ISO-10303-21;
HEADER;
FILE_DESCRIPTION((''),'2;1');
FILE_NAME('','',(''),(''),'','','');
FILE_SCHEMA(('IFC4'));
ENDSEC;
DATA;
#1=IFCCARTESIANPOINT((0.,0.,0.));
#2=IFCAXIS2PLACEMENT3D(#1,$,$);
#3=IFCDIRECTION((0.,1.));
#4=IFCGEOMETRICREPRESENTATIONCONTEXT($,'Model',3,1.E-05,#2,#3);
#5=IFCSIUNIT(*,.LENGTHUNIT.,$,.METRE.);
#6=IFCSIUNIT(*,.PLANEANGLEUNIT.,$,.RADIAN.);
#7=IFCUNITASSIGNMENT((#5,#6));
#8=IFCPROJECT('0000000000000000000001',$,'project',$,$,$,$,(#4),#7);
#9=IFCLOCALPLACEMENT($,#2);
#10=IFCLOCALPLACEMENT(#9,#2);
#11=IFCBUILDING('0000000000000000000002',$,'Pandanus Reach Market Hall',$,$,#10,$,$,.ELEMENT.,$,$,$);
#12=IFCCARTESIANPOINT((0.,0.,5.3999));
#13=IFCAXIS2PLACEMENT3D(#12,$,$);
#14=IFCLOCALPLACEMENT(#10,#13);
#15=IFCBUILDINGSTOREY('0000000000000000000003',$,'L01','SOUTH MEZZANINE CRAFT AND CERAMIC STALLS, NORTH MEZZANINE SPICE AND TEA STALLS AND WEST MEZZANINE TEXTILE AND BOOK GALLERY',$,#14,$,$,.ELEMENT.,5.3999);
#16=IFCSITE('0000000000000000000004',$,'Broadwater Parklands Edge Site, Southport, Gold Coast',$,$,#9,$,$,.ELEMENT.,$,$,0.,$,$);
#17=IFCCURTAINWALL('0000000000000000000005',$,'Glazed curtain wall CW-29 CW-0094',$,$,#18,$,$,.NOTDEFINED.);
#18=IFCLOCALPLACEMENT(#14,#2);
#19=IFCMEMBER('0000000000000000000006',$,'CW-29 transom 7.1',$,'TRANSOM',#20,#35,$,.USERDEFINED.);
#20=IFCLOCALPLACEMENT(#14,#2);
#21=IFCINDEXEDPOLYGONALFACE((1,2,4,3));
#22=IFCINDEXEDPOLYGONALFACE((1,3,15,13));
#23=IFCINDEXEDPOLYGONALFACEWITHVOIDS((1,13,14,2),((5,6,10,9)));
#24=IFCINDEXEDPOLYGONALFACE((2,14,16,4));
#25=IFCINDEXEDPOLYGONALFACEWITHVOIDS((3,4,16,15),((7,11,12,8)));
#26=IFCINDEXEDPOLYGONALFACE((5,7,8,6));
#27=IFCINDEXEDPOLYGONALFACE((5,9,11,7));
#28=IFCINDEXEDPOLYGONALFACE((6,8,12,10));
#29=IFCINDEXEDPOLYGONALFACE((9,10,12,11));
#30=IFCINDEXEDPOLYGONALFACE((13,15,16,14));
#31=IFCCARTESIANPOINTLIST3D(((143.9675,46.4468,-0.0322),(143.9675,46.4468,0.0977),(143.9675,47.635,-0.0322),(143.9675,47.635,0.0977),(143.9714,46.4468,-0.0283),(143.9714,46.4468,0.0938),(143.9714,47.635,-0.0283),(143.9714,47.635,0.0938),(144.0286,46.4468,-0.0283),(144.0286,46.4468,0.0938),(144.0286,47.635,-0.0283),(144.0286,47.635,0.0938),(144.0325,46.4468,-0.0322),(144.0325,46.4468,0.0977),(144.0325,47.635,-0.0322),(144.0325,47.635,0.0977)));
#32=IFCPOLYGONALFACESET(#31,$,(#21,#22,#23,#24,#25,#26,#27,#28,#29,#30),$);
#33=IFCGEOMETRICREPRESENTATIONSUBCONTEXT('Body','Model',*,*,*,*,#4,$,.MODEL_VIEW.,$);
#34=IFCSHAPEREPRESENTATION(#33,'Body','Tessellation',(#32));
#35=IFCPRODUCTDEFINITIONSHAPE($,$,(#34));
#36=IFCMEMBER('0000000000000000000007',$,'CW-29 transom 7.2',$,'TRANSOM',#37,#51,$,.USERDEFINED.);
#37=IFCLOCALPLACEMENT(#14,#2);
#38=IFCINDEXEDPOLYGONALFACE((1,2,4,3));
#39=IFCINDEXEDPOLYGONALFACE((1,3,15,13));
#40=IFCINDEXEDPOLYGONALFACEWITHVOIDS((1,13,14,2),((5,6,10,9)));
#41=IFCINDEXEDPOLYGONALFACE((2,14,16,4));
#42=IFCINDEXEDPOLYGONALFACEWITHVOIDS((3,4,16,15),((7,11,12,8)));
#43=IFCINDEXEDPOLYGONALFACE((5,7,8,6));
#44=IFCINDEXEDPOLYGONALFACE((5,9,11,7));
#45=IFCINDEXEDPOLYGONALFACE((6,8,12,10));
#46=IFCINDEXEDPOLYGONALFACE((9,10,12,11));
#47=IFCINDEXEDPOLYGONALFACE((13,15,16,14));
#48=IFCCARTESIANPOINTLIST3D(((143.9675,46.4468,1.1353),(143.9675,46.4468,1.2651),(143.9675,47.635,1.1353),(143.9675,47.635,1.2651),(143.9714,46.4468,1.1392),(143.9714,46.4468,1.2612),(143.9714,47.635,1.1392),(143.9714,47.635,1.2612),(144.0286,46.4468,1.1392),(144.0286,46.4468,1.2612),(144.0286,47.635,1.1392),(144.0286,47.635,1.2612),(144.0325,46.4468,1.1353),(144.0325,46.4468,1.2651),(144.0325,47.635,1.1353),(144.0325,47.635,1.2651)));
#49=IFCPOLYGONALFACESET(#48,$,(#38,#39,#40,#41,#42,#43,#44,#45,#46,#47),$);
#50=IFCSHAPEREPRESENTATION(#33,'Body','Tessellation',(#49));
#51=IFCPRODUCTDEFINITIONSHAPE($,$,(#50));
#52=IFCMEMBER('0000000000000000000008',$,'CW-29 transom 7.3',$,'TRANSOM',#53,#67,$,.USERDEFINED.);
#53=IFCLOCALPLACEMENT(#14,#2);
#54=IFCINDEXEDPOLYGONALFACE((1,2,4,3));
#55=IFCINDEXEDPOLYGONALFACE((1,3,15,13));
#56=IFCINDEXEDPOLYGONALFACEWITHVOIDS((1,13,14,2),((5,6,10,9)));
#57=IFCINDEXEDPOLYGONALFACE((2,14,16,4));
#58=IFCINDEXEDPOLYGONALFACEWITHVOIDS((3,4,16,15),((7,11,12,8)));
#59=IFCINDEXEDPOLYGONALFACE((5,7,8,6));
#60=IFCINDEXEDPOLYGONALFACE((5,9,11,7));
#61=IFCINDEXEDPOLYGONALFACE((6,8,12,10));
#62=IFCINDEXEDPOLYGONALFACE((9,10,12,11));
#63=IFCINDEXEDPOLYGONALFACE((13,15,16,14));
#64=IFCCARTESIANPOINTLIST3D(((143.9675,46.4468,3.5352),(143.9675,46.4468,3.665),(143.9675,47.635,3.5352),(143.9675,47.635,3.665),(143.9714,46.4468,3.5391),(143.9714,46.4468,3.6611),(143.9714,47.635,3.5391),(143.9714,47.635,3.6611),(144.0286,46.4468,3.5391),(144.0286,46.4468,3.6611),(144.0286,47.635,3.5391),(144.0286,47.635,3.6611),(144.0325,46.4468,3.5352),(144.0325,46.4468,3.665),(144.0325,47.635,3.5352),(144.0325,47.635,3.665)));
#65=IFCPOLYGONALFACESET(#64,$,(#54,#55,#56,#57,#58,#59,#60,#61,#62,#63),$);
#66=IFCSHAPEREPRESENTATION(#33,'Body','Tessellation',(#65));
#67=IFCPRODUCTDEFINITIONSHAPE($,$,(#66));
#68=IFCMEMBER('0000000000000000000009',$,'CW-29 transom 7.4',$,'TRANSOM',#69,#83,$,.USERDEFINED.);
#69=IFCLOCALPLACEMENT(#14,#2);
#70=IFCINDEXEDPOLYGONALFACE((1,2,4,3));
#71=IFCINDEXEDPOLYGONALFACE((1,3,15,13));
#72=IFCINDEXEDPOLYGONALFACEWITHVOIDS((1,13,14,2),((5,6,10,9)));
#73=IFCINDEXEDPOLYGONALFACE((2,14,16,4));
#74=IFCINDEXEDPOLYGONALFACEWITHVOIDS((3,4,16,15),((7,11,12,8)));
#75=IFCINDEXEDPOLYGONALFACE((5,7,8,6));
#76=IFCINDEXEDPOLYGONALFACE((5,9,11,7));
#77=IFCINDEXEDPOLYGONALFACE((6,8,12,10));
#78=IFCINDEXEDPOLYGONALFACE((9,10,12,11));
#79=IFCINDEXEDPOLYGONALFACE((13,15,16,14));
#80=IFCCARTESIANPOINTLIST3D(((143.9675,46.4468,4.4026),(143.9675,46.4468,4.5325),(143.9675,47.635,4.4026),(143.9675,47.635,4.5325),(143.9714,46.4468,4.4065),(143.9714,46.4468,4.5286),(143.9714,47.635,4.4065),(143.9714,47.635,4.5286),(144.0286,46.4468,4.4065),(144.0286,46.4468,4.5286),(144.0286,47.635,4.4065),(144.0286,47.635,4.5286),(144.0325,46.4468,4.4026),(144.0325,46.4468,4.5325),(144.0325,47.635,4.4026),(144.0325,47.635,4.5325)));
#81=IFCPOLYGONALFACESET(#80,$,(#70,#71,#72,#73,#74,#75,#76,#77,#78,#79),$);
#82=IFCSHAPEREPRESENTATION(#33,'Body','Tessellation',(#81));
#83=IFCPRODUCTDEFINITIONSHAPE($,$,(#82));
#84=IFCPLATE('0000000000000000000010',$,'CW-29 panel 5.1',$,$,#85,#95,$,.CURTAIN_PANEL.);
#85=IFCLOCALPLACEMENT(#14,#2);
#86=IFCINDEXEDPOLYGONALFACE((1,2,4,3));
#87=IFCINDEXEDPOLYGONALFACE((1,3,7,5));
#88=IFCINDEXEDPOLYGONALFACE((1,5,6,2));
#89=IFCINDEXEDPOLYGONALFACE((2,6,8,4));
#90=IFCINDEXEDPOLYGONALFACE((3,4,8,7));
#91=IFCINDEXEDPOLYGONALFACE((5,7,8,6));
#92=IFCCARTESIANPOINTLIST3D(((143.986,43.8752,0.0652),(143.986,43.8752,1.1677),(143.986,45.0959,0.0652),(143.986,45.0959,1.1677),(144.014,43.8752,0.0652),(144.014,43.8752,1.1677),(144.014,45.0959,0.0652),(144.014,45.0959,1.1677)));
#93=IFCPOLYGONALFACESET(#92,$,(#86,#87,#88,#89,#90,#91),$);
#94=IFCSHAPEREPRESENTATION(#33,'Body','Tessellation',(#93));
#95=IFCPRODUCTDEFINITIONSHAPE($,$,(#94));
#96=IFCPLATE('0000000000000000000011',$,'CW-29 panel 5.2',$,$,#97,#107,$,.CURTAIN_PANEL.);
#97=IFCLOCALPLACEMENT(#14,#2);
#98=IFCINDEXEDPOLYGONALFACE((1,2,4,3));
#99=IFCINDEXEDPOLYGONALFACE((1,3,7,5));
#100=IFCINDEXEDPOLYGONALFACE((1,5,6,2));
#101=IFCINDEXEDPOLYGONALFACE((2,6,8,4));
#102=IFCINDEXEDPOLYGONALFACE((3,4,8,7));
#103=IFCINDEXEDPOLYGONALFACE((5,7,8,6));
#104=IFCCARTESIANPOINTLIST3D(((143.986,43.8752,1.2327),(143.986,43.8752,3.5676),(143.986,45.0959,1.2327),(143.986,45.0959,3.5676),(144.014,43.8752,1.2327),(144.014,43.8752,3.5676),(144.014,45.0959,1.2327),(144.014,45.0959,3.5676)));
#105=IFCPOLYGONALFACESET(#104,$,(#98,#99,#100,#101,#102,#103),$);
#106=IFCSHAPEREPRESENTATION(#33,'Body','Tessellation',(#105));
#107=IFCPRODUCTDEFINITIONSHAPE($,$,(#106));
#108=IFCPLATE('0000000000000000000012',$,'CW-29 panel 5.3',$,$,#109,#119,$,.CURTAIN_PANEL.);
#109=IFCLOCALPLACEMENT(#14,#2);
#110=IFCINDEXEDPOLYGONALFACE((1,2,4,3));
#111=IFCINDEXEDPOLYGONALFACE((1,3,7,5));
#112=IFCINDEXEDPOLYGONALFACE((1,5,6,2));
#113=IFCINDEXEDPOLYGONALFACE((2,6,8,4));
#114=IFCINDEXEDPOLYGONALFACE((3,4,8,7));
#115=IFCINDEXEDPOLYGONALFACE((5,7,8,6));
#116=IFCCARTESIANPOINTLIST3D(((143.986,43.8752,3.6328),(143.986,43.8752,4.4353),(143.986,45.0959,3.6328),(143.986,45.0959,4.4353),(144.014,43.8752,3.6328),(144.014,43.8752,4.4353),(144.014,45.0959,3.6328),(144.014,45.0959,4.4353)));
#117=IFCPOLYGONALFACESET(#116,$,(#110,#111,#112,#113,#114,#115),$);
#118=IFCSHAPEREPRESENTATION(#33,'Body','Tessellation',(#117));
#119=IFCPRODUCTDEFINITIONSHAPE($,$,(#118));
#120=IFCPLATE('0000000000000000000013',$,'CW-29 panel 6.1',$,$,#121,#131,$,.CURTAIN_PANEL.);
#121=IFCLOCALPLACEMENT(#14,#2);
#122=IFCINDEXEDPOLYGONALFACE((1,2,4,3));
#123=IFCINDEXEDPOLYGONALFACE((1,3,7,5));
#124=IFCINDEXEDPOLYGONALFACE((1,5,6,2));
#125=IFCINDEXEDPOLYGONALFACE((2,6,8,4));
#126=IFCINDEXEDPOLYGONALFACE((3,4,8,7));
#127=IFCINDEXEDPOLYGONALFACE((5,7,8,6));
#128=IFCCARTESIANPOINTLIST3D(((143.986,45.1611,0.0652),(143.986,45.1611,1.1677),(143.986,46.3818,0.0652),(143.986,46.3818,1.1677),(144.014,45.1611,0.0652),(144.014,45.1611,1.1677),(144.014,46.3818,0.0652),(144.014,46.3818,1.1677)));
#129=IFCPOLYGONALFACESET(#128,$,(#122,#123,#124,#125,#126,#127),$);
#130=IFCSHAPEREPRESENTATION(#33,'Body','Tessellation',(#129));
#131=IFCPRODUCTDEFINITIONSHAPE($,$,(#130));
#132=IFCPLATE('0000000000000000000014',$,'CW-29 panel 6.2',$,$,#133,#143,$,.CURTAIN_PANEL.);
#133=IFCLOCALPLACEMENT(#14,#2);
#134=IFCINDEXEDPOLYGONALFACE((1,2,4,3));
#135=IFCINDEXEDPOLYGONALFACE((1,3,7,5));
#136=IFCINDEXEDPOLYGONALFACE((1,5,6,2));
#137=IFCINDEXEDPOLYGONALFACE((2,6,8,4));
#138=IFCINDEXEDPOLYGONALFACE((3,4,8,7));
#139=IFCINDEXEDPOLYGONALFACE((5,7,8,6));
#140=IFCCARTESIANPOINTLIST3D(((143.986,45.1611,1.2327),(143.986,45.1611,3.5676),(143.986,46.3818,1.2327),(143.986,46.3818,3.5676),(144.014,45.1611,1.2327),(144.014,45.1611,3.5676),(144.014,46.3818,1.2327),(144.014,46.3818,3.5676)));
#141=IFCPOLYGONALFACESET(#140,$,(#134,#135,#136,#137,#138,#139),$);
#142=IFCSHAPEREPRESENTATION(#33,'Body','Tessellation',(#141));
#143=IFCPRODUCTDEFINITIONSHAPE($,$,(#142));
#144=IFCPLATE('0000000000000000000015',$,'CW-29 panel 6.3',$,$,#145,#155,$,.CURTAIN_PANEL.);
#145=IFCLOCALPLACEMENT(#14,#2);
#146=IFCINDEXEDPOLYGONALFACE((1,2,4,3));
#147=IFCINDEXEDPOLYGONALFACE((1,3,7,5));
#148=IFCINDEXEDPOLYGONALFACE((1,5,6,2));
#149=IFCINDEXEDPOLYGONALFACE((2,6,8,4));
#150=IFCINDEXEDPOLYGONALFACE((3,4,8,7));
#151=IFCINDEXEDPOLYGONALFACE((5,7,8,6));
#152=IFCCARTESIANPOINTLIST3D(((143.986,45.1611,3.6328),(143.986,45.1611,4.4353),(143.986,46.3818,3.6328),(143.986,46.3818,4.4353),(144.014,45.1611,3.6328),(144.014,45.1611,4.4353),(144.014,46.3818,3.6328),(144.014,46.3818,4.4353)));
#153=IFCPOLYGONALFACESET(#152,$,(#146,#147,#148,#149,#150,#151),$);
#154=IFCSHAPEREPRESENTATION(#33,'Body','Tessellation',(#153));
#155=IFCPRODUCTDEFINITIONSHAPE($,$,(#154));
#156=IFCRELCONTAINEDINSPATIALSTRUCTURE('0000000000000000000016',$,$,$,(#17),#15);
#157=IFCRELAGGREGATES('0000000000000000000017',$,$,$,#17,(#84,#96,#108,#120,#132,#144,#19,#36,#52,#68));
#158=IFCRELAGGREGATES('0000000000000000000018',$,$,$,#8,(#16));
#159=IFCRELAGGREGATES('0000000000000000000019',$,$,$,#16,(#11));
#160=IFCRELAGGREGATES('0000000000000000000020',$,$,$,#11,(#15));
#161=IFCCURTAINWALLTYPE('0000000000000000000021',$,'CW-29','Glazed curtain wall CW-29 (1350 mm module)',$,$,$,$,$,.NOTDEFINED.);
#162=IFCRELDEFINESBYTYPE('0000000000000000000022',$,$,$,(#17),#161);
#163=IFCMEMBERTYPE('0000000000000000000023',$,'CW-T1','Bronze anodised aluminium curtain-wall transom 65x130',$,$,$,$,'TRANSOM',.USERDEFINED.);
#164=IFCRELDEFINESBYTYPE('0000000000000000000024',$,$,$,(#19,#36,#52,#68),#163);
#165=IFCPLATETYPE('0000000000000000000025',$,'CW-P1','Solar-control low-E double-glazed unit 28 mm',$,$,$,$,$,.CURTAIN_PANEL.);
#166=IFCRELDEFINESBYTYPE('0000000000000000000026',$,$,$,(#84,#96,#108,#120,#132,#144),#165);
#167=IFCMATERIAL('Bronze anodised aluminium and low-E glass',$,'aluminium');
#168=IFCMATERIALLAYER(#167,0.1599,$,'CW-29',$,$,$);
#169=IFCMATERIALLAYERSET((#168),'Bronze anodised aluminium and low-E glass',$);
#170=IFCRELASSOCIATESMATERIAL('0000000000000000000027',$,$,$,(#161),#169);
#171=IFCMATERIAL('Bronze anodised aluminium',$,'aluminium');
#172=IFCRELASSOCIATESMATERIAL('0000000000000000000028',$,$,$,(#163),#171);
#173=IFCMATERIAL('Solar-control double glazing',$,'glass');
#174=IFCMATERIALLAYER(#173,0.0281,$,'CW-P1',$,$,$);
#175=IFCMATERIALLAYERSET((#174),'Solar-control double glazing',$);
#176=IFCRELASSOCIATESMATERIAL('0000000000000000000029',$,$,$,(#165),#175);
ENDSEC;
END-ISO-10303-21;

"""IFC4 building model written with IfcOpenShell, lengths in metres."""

from ifc_helpers import new_model, si_unit, direction, frame, origin, origin_2d, place, context, subcontext, project, spatial, rectangle, hollow_rectangle, extrude, material, layer, layer_set, material_profile, profile_set, type_object, element, aggregate, save


model = new_model("IFC4")

# Units and contexts
model_context = context("Model", 3, precision=1e-05, world=origin(), true_north=direction((0.0, 1.0)))
body_context = subcontext(model_context, "Body", "Model", "MODEL_VIEW")
ifc_project = project(units=[si_unit("LENGTHUNIT", "METRE"), si_unit("PLANEANGLEUNIT", "RADIAN")], contexts=[model_context])

# Site, building, storey
site_placement = place(None, origin())
site = spatial("IfcSite", under=ifc_project, at=site_placement, Name="Broadwater Parklands Edge Site, Southport, Gold Coast", CompositionType="ELEMENT", RefElevation=0.0)
building_placement = place(site_placement, origin())
building = spatial("IfcBuilding", under=site, at=building_placement, Name="Pandanus Reach Market Hall", CompositionType="ELEMENT")
storey_placement = place(building_placement, frame((0.0, 0.0, 5.3999)))
storey = spatial("IfcBuildingStorey", under=building, at=storey_placement, Name="L01", Description="SOUTH MEZZANINE CRAFT AND CERAMIC STALLS, NORTH MEZZANINE SPICE AND TEA STALLS AND WEST MEZZANINE TEXTILE AND BOOK GALLERY", CompositionType="ELEMENT", Elevation=5.3999)

# Curtain wall, members, plates
ifc_material_1 = material(Name="Bronze anodised aluminium and low-E glass", Category="aluminium")
ifc_layer_1 = layer(ifc_material_1, 0.1599, Name="CW-29")
ifc_layer_set_1 = layer_set([ifc_layer_1], Name="Bronze anodised aluminium and low-E glass")
curtain_wall_type = type_object("IfcCurtainWallType", Name="CW-29", Description="Glazed curtain wall CW-29 (1350 mm module)", PredefinedType="NOTDEFINED", material=ifc_layer_set_1)
curtain_wall_placement = place(storey_placement, origin())
curtain_wall = element("IfcCurtainWall", 1, at=curtain_wall_placement, inside=storey, type_object=curtain_wall_type, Name="Glazed curtain wall CW-29 CW-0094", PredefinedType="NOTDEFINED")
ifc_material_2 = material(Name="Bronze anodised aluminium", Category="aluminium")
ifc_material_profile_1 = material_profile(ifc_material_2, hollow_rectangle(XDim=0.0649, YDim=0.1299, WallThickness=0.0039, at=origin_2d()), Name="ALU65x130", Category="LoadBearing")
ifc_profile_set_1 = profile_set([ifc_material_profile_1], Name="Bronze anodised aluminium")
member_type_1 = type_object("IfcMemberType", Name="CW-T1", Description="Bronze anodised aluminium curtain-wall transom 65x130", ElementType="TRANSOM", PredefinedType="USERDEFINED", material=ifc_profile_set_1)
member_1_placement = place(storey_placement, frame((144.0, 46.4468, 0.0327), z_axis=(0.0, 1.0, 0.0), x_axis=(-1.0, 0.0, 0.0)))
member_1 = element("IfcMember", 2, at=member_1_placement, type_object=member_type_1, Name="CW-29 transom 7.1", ObjectType="TRANSOM", PredefinedType="USERDEFINED", context=body_context, shape_type="SweptSolid", body=[
    extrude(hollow_rectangle(XDim=0.0649, YDim=0.1299, WallThickness=0.0039, at=origin_2d()), origin(), (0.0, 0.0, 1.0), 1.1882),
])
member_2_placement = place(storey_placement, frame((144.0, 46.4468, 1.2002), z_axis=(0.0, 1.0, 0.0), x_axis=(-1.0, 0.0, 0.0)))
member_2 = element("IfcMember", 3, at=member_2_placement, type_object=member_type_1, Name="CW-29 transom 7.2", ObjectType="TRANSOM", PredefinedType="USERDEFINED", context=body_context, shape_type="SweptSolid", body=[
    extrude(hollow_rectangle(XDim=0.0649, YDim=0.1299, WallThickness=0.0039, at=origin_2d()), origin(), (0.0, 0.0, 1.0), 1.1882),
])
member_3_placement = place(storey_placement, frame((144.0, 46.4468, 3.6001), z_axis=(0.0, 1.0, 0.0), x_axis=(-1.0, 0.0, 0.0)))
member_3 = element("IfcMember", 4, at=member_3_placement, type_object=member_type_1, Name="CW-29 transom 7.3", ObjectType="TRANSOM", PredefinedType="USERDEFINED", context=body_context, shape_type="SweptSolid", body=[
    extrude(hollow_rectangle(XDim=0.0649, YDim=0.1299, WallThickness=0.0039, at=origin_2d()), origin(), (0.0, 0.0, 1.0), 1.1882),
])
member_4_placement = place(storey_placement, frame((144.0, 46.4468, 4.4675), z_axis=(0.0, 1.0, 0.0), x_axis=(-1.0, 0.0, 0.0)))
member_4 = element("IfcMember", 5, at=member_4_placement, type_object=member_type_1, Name="CW-29 transom 7.4", ObjectType="TRANSOM", PredefinedType="USERDEFINED", context=body_context, shape_type="SweptSolid", body=[
    extrude(hollow_rectangle(XDim=0.0649, YDim=0.1299, WallThickness=0.0039, at=origin_2d()), origin(), (0.0, 0.0, 1.0), 1.1882),
])
ifc_material_3 = material(Name="Solar-control double glazing", Category="glass")
ifc_layer_2 = layer(ifc_material_3, 0.0281, Name="CW-P1")
ifc_layer_set_2 = layer_set([ifc_layer_2], Name="Solar-control double glazing")
plate_type = type_object("IfcPlateType", Name="CW-P1", Description="Solar-control low-E double-glazed unit 28 mm", PredefinedType="CURTAIN_PANEL", material=ifc_layer_set_2)
plate_1_placement = place(storey_placement, frame((144.0, 44.4856, 0.0652), z_axis=(0.0, 0.0, 1.0), x_axis=(0.0, 1.0, 0.0)))
plate_1 = element("IfcPlate", 6, at=plate_1_placement, type_object=plate_type, Name="CW-29 panel 5.1", PredefinedType="CURTAIN_PANEL", context=body_context, shape_type="SweptSolid", body=[
    extrude(rectangle(XDim=1.2207, YDim=0.0281, at=origin_2d()), origin(), (0.0, 0.0, 1.0), 1.1025),
])
plate_2_placement = place(storey_placement, frame((144.0, 44.4856, 1.2327), z_axis=(0.0, 0.0, 1.0), x_axis=(0.0, 1.0, 0.0)))
plate_2 = element("IfcPlate", 7, at=plate_2_placement, type_object=plate_type, Name="CW-29 panel 5.2", PredefinedType="CURTAIN_PANEL", context=body_context, shape_type="SweptSolid", body=[
    extrude(rectangle(XDim=1.2207, YDim=0.0281, at=origin_2d()), origin(), (0.0, 0.0, 1.0), 2.335),
])
plate_3_placement = place(storey_placement, frame((144.0, 44.4856, 3.6328), z_axis=(0.0, 0.0, 1.0), x_axis=(0.0, 1.0, 0.0)))
plate_3 = element("IfcPlate", 8, at=plate_3_placement, type_object=plate_type, Name="CW-29 panel 5.3", PredefinedType="CURTAIN_PANEL", context=body_context, shape_type="SweptSolid", body=[
    extrude(rectangle(XDim=1.2207, YDim=0.0281, at=origin_2d()), origin(), (0.0, 0.0, 1.0), 0.8025),
])
plate_4_placement = place(storey_placement, frame((144.0, 45.7715, 0.0652), z_axis=(0.0, 0.0, 1.0), x_axis=(0.0, 1.0, 0.0)))
plate_4 = element("IfcPlate", 9, at=plate_4_placement, type_object=plate_type, Name="CW-29 panel 6.1", PredefinedType="CURTAIN_PANEL", context=body_context, shape_type="SweptSolid", body=[
    extrude(rectangle(XDim=1.2207, YDim=0.0281, at=origin_2d()), origin(), (0.0, 0.0, 1.0), 1.1025),
])
plate_5_placement = place(storey_placement, frame((144.0, 45.7715, 1.2327), z_axis=(0.0, 0.0, 1.0), x_axis=(0.0, 1.0, 0.0)))
plate_5 = element("IfcPlate", 10, at=plate_5_placement, type_object=plate_type, Name="CW-29 panel 6.2", PredefinedType="CURTAIN_PANEL", context=body_context, shape_type="SweptSolid", body=[
    extrude(rectangle(XDim=1.2207, YDim=0.0281, at=origin_2d()), origin(), (0.0, 0.0, 1.0), 2.335),
])
plate_6_placement = place(storey_placement, frame((144.0, 45.7715, 3.6328), z_axis=(0.0, 0.0, 1.0), x_axis=(0.0, 1.0, 0.0)))
plate_6 = element("IfcPlate", 11, at=plate_6_placement, type_object=plate_type, Name="CW-29 panel 6.3", PredefinedType="CURTAIN_PANEL", context=body_context, shape_type="SweptSolid", body=[
    extrude(rectangle(XDim=1.2207, YDim=0.0281, at=origin_2d()), origin(), (0.0, 0.0, 1.0), 0.8025),
])
aggregate(curtain_wall, [plate_1, plate_2, plate_3, plate_4, plate_5, plate_6, member_1, member_2, member_3, member_4])

save(model, "model.ifc")
